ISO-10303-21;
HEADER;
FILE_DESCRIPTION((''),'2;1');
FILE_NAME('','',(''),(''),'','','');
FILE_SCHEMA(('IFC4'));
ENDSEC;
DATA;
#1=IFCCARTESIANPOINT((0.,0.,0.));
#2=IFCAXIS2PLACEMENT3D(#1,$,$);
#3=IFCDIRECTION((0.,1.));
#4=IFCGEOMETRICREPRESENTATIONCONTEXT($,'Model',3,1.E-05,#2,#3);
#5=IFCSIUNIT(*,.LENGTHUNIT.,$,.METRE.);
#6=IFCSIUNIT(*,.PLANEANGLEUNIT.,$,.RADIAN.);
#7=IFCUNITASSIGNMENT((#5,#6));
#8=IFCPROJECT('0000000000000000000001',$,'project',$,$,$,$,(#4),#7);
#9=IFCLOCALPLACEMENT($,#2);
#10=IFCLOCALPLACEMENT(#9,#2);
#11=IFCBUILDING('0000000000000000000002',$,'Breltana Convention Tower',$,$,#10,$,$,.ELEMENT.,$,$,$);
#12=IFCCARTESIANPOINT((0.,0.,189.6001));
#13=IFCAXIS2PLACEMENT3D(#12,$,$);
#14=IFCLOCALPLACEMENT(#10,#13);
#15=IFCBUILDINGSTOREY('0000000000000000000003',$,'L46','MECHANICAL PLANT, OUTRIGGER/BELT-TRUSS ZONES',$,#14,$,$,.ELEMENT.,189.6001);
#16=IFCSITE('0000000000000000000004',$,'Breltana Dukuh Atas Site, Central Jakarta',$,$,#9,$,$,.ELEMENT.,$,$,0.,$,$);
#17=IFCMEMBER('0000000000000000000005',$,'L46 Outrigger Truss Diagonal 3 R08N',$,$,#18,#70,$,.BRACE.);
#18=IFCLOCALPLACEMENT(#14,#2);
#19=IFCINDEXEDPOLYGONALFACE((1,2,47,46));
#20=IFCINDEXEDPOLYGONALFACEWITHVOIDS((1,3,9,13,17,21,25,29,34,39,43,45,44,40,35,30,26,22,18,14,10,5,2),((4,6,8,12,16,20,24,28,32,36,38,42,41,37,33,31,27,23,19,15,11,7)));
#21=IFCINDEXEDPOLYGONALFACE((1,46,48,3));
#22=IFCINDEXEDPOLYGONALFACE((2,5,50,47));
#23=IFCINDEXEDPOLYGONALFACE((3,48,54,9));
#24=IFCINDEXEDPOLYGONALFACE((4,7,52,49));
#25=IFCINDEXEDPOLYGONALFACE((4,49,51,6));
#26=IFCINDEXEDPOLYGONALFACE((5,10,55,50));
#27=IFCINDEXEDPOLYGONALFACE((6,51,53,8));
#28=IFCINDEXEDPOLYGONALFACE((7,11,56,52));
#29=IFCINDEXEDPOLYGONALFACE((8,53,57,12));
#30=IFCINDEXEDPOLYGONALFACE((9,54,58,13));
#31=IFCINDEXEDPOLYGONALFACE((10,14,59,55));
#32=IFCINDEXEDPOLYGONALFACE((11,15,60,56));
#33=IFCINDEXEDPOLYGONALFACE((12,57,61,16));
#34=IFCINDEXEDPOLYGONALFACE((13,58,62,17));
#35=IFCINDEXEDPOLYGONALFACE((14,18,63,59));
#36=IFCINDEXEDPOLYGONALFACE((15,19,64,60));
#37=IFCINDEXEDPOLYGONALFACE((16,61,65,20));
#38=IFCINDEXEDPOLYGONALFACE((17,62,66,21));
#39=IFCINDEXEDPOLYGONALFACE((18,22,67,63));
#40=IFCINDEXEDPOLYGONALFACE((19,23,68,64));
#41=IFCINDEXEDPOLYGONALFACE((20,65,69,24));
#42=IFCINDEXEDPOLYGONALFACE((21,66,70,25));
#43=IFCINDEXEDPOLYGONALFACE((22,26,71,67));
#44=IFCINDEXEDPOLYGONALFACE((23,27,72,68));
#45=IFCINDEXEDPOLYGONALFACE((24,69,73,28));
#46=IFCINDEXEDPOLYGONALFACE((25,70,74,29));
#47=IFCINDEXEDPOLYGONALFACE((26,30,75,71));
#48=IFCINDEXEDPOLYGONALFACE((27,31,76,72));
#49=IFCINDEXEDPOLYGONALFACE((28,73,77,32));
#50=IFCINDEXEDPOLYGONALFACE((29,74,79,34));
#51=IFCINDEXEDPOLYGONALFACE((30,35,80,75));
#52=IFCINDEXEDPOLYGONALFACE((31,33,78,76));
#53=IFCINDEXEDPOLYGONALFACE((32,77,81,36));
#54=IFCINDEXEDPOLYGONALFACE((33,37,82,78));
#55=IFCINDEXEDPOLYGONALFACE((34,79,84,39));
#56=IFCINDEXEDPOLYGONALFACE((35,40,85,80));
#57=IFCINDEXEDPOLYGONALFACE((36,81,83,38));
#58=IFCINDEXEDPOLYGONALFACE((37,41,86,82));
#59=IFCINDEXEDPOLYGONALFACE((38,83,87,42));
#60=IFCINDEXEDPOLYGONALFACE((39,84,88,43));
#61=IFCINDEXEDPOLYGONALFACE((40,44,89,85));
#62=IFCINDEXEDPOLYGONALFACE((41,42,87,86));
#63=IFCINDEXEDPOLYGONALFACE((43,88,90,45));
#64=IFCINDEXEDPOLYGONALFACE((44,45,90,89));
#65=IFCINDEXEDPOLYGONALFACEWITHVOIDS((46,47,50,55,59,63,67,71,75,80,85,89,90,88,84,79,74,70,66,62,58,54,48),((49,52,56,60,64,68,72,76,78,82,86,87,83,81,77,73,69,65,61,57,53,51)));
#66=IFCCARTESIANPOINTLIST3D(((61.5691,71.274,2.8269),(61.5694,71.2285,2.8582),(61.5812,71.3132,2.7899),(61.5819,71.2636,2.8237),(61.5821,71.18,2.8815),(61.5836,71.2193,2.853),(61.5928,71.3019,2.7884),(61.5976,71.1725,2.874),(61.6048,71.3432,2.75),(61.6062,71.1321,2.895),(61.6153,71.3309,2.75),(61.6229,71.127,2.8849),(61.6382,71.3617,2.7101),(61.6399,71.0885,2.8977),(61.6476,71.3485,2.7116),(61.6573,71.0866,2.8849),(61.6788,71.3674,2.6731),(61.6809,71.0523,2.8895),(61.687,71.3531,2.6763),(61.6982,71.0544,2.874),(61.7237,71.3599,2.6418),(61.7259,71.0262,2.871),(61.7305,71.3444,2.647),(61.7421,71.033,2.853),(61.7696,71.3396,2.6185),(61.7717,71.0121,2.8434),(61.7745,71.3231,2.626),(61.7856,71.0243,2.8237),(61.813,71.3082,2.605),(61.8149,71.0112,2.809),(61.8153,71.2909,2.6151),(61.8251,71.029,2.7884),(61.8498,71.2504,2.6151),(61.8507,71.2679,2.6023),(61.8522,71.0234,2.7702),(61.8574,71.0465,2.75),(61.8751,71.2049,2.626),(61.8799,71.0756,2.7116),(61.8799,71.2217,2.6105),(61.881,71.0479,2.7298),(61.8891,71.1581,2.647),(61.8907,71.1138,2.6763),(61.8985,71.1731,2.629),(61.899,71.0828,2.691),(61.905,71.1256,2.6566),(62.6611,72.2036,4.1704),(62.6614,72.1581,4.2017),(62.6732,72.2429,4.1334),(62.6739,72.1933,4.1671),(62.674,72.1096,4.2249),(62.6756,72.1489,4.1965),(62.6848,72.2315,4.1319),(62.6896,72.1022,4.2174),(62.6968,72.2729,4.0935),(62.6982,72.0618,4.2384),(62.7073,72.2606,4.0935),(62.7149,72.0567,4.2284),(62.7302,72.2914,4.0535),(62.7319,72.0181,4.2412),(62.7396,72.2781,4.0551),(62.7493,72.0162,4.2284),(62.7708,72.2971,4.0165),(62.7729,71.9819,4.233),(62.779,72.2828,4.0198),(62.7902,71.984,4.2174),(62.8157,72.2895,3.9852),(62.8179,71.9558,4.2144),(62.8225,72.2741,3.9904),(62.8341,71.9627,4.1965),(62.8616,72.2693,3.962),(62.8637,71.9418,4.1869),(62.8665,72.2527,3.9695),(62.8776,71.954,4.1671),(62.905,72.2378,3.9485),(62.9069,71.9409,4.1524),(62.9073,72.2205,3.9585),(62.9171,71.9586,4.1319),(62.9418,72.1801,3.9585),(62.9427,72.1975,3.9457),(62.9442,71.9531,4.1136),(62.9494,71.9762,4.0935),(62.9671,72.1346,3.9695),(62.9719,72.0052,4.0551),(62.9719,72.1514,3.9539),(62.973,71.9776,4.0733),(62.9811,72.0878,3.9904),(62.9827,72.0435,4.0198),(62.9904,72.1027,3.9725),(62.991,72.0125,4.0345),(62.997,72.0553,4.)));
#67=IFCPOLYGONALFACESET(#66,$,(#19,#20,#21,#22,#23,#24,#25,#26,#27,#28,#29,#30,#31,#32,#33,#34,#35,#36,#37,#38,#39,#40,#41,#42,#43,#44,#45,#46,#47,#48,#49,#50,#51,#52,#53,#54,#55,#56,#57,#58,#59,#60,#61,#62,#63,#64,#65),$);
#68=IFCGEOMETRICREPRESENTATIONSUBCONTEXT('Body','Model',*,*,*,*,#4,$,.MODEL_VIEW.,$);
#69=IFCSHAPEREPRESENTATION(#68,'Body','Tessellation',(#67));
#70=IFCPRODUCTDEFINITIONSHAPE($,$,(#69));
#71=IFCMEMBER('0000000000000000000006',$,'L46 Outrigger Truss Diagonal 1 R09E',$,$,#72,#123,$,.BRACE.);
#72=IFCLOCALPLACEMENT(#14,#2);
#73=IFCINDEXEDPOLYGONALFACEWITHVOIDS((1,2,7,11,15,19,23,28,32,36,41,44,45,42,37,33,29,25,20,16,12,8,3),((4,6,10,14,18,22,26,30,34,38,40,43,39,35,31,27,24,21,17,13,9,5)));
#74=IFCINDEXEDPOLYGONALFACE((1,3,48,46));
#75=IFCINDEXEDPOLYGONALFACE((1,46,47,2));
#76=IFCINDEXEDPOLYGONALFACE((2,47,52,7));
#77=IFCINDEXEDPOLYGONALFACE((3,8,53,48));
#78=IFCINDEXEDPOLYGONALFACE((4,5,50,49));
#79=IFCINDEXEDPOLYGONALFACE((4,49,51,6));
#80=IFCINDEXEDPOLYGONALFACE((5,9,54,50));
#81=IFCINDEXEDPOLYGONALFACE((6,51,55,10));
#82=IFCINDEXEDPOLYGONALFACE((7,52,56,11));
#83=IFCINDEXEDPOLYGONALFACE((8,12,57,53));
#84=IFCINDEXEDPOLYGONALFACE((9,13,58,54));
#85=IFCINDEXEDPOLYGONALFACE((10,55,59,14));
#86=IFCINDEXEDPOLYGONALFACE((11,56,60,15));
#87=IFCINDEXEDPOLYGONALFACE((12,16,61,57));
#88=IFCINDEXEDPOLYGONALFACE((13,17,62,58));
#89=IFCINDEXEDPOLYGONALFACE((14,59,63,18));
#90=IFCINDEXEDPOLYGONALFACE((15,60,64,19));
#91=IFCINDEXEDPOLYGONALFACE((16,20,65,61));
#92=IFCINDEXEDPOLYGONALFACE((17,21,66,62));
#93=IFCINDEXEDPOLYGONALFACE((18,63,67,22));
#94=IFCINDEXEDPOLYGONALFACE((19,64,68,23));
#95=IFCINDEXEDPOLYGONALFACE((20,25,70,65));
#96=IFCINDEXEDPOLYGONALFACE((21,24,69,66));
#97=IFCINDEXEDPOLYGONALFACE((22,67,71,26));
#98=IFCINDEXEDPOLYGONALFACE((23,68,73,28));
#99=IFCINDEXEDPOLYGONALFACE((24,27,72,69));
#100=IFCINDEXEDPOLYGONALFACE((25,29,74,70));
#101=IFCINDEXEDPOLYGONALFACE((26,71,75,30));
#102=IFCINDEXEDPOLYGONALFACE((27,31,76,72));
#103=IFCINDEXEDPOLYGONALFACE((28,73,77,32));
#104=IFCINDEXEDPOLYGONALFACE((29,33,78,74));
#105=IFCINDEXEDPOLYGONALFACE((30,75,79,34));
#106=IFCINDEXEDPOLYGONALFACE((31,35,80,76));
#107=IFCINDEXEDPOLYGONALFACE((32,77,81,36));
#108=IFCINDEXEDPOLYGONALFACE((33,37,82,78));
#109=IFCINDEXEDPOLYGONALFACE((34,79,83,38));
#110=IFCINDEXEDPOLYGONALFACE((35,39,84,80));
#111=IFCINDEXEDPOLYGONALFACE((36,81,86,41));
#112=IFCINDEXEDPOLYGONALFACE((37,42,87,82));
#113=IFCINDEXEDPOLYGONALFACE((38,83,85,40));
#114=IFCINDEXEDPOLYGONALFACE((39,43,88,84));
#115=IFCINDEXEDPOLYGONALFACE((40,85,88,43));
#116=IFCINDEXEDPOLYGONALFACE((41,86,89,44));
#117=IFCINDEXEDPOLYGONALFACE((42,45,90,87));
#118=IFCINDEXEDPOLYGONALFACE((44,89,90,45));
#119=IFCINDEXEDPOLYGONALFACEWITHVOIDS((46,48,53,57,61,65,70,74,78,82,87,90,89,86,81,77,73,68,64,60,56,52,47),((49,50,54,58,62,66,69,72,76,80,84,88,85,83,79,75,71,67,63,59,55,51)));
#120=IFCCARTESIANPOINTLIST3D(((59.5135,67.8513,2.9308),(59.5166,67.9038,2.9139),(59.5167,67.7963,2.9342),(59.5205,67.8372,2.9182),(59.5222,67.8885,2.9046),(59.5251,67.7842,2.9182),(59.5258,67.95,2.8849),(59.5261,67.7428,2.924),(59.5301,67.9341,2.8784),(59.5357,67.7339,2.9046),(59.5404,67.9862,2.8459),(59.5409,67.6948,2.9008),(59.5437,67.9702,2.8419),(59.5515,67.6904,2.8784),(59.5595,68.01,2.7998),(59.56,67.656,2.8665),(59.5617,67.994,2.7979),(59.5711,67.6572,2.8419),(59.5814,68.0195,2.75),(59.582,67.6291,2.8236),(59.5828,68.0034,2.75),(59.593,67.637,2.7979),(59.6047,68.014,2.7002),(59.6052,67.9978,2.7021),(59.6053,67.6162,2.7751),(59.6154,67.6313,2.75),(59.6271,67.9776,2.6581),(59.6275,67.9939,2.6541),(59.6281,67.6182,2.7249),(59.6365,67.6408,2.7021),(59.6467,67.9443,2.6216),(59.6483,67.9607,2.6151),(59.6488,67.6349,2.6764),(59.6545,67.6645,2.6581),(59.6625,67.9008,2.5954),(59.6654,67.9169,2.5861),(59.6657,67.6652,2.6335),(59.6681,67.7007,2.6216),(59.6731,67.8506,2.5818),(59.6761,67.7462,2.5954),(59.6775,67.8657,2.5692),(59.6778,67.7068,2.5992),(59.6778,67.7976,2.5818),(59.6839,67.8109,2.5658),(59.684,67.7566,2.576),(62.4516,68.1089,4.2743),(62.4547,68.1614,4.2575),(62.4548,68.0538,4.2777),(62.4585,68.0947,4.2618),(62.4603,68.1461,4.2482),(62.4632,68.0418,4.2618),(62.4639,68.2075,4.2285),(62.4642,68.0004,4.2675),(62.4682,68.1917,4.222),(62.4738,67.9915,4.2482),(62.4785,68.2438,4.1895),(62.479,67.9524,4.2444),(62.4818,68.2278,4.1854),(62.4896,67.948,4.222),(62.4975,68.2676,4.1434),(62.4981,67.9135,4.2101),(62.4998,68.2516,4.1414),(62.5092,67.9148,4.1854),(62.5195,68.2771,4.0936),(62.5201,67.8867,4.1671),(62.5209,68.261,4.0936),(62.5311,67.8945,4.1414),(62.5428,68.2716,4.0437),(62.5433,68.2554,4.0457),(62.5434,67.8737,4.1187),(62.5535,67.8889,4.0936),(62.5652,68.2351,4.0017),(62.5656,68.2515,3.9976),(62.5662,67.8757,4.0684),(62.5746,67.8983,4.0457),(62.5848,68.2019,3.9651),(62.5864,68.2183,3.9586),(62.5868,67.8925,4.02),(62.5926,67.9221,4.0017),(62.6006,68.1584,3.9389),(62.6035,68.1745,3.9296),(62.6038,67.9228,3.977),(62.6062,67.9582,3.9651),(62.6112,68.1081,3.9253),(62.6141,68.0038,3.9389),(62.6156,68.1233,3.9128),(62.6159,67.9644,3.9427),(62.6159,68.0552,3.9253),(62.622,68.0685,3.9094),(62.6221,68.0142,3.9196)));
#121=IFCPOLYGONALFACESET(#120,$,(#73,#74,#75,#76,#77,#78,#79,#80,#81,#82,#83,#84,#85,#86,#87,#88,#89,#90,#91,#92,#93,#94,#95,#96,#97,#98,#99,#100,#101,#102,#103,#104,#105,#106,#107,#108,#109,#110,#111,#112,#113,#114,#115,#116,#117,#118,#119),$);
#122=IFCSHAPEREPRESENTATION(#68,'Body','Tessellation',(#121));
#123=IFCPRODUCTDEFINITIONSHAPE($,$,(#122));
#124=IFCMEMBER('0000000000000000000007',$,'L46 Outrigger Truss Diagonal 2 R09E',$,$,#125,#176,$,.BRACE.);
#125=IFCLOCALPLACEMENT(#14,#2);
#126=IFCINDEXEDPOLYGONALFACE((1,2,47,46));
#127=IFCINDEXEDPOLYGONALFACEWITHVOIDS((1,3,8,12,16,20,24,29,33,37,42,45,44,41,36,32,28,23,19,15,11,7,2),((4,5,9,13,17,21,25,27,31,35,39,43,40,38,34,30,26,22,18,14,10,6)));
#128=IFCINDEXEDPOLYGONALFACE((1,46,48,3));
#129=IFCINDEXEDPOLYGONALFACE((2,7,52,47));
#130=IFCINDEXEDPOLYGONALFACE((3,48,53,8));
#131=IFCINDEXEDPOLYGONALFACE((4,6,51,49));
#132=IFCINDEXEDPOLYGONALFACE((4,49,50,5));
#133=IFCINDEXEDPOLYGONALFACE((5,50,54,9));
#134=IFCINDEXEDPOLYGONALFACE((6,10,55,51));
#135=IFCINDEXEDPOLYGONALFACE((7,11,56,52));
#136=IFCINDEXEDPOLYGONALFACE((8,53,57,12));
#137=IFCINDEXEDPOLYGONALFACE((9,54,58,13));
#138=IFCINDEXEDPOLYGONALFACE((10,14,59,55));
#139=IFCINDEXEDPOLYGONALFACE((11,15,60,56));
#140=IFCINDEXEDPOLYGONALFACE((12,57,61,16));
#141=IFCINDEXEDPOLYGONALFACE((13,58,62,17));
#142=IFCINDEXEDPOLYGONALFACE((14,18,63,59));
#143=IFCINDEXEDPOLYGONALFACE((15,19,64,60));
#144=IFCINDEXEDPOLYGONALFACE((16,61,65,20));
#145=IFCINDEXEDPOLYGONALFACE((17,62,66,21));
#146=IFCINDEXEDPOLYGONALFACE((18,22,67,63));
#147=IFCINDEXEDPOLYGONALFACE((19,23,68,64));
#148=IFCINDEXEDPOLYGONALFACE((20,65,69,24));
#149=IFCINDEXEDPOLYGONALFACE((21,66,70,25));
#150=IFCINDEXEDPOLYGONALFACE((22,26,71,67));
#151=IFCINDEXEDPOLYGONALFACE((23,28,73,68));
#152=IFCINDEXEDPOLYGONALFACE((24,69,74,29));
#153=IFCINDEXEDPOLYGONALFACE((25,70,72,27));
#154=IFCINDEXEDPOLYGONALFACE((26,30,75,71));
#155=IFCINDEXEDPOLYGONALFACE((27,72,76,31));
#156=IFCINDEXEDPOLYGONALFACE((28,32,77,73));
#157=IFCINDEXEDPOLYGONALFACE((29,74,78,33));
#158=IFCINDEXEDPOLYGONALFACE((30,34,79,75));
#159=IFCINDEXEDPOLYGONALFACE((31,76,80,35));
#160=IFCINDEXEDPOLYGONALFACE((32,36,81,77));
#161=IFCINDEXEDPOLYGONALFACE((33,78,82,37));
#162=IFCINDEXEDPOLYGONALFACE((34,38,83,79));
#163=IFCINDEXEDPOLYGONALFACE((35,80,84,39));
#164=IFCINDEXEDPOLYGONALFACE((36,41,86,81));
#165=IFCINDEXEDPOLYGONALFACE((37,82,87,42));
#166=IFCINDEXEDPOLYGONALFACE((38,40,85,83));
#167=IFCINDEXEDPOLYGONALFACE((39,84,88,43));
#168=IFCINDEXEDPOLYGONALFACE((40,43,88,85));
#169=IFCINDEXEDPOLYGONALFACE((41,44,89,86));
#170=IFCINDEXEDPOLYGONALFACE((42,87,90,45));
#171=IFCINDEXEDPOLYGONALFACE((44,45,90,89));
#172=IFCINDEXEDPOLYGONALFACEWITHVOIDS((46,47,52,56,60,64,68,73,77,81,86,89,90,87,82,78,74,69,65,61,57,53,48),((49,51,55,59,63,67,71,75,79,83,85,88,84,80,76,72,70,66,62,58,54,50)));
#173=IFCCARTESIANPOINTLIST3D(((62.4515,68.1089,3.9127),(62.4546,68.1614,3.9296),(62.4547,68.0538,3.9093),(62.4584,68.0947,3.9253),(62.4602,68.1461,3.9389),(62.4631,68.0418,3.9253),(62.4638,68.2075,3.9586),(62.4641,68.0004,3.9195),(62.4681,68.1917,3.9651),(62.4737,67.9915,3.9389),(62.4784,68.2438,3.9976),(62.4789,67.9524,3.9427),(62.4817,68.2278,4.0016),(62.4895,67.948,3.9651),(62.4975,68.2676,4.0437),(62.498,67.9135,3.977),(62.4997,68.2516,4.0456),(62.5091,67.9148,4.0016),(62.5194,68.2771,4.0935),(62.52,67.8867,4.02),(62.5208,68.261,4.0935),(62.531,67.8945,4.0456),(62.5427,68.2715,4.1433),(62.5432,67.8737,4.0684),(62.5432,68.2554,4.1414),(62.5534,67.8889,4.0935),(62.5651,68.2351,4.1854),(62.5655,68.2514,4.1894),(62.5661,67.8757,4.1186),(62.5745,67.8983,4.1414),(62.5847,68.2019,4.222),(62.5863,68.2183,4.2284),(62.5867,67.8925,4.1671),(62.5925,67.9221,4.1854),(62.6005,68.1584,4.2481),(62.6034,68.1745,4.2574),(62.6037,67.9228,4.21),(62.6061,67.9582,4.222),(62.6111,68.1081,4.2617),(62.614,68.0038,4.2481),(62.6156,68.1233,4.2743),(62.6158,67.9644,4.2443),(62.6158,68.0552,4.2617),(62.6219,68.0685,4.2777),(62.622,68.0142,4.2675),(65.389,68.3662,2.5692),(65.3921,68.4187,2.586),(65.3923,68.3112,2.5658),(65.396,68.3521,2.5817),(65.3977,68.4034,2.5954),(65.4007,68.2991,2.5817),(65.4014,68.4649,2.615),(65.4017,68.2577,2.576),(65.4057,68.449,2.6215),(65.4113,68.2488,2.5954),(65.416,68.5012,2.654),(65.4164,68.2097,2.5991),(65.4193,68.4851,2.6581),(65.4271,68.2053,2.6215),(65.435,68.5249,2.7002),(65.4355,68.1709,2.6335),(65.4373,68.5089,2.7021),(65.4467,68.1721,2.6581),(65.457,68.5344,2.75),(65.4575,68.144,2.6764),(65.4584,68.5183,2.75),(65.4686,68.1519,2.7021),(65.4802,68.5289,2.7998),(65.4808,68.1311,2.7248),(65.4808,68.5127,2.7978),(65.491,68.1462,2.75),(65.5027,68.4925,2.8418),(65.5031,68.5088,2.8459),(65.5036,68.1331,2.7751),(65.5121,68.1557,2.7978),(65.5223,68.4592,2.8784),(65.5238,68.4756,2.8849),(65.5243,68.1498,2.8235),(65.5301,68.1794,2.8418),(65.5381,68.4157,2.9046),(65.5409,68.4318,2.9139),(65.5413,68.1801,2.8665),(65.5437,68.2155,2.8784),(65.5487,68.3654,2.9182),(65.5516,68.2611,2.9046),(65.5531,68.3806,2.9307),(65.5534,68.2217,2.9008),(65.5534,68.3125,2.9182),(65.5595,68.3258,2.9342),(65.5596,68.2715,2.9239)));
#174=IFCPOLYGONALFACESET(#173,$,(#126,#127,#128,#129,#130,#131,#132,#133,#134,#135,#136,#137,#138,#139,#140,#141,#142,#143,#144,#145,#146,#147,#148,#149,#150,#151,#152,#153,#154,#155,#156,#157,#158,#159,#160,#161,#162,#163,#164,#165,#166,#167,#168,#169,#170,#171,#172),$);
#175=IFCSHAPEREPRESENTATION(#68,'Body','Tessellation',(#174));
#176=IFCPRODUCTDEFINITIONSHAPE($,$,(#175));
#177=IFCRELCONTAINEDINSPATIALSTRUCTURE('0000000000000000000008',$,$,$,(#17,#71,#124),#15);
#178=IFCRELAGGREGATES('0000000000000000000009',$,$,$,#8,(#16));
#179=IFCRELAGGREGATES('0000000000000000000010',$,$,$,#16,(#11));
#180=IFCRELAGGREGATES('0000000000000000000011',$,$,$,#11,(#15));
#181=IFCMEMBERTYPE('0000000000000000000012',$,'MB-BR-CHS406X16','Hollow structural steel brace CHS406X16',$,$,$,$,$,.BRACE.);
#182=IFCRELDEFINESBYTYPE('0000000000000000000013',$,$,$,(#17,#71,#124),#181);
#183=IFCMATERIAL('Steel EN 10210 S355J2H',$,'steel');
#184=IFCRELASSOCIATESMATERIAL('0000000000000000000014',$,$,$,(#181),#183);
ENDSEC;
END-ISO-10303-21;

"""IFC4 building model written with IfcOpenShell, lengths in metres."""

from ifc_helpers import new_model, si_unit, direction, frame, origin, origin_2d, place, context, subcontext, project, spatial, hollow_circle, extrude, source, transform, mapped, material, material_profile, profile_set, type_object, element, save


model = new_model("IFC4")

# Units and contexts
model_context = context("Model", 3, precision=1e-05, world=origin(), true_north=direction((0.0, 1.0)))
body_context = subcontext(model_context, "Body", "Model", "MODEL_VIEW")
ifc_project = project(units=[si_unit("LENGTHUNIT", "METRE"), si_unit("PLANEANGLEUNIT", "RADIAN")], contexts=[model_context])

# Site, building, storey
site_placement = place(None, origin())
site = spatial("IfcSite", under=ifc_project, at=site_placement, Name="Breltana Dukuh Atas Site, Central Jakarta", CompositionType="ELEMENT", RefElevation=0.0)
building_placement = place(site_placement, origin())
building = spatial("IfcBuilding", under=site, at=building_placement, Name="Breltana Convention Tower", CompositionType="ELEMENT")
storey_placement = place(building_placement, frame((0.0, 0.0, 189.6001)))
storey = spatial("IfcBuildingStorey", under=building, at=storey_placement, Name="L46", Description="MECHANICAL PLANT, OUTRIGGER/BELT-TRUSS ZONES", CompositionType="ELEMENT", Elevation=189.6001)

# Members
ifc_material_1 = material(Name="Steel EN 10210 S355J2H", Category="steel")
ifc_material_profile_1 = material_profile(ifc_material_1, hollow_circle(Radius=0.2029, WallThickness=0.0161, at=origin_2d()), Name="CHS406X16")
ifc_profile_set_1 = profile_set([ifc_material_profile_1], Name="Steel EN 10210 S355J2H")
member_type_1 = type_object("IfcMemberType", Name="MB-BR-CHS406X16", Description="Hollow structural steel brace CHS406X16", PredefinedType="BRACE", material=ifc_profile_set_1)
shared_shape_1 = source(origin(), body_context, "Body", "SweptSolid", [
    extrude(hollow_circle(Radius=0.2029, WallThickness=0.0161, at=origin_2d()), origin(), (0.0, 0.0, 1.0), 1.9651),
])
for number, where, z_axis, x_axis, name in (
    (1, (61.7363, 71.1887, 2.75), (0.555699, 0.473083, 0.68366), (-0.648236, 0.761439, 0.0), "L46 Outrigger Truss Diagonal 3 R08N"),
):
    element("IfcMember", number, at=place(storey_placement, frame(where, z_axis=z_axis, x_axis=x_axis)), inside=storey, type_object=member_type_1, Name=name, PredefinedType="BRACE", context=body_context, shape_type="MappedRepresentation", body=[
        mapped(shared_shape_1, transform((0.0, 0.0, 0.0), scale=1.0)),
    ])
shared_shape_2 = source(origin(), body_context, "Body", "SweptSolid", [
    extrude(hollow_circle(Radius=0.2029, WallThickness=0.0161, at=origin_2d()), origin(), (0.0, 0.0, 1.0), 3.241),
])
member_1_placement = place(storey_placement, frame((59.5991, 67.8174, 2.75), z_axis=(0.906548, 0.079475, 0.414553), x_axis=(-0.087333, 0.996179, 0.0)))
element("IfcMember", 2, at=member_1_placement, inside=storey, type_object=member_type_1, Name="L46 Outrigger Truss Diagonal 1 R09E", PredefinedType="BRACE", context=body_context, shape_type="MappedRepresentation", body=[
    mapped(shared_shape_2, transform((0.0, 0.0, 0.0), scale=1.0)),
])
shared_shape_3 = source(origin(), body_context, "Body", "SweptSolid", [
    extrude(hollow_circle(Radius=0.2029, WallThickness=0.0161, at=origin_2d()), origin(), (0.0, 0.0, 1.0), 3.2405),
])
member_2_placement = place(storey_placement, frame((62.5371, 68.075, 4.0935), z_axis=(0.906527, 0.079411, -0.414612), x_axis=(-0.087266, 0.996185, 0.0)))
element("IfcMember", 3, at=member_2_placement, inside=storey, type_object=member_type_1, Name="L46 Outrigger Truss Diagonal 2 R09E", PredefinedType="BRACE", context=body_context, shape_type="MappedRepresentation", body=[
    mapped(shared_shape_3, transform((0.0, 0.0, 0.0), scale=1.0)),
])

save(model, "model.ifc")
